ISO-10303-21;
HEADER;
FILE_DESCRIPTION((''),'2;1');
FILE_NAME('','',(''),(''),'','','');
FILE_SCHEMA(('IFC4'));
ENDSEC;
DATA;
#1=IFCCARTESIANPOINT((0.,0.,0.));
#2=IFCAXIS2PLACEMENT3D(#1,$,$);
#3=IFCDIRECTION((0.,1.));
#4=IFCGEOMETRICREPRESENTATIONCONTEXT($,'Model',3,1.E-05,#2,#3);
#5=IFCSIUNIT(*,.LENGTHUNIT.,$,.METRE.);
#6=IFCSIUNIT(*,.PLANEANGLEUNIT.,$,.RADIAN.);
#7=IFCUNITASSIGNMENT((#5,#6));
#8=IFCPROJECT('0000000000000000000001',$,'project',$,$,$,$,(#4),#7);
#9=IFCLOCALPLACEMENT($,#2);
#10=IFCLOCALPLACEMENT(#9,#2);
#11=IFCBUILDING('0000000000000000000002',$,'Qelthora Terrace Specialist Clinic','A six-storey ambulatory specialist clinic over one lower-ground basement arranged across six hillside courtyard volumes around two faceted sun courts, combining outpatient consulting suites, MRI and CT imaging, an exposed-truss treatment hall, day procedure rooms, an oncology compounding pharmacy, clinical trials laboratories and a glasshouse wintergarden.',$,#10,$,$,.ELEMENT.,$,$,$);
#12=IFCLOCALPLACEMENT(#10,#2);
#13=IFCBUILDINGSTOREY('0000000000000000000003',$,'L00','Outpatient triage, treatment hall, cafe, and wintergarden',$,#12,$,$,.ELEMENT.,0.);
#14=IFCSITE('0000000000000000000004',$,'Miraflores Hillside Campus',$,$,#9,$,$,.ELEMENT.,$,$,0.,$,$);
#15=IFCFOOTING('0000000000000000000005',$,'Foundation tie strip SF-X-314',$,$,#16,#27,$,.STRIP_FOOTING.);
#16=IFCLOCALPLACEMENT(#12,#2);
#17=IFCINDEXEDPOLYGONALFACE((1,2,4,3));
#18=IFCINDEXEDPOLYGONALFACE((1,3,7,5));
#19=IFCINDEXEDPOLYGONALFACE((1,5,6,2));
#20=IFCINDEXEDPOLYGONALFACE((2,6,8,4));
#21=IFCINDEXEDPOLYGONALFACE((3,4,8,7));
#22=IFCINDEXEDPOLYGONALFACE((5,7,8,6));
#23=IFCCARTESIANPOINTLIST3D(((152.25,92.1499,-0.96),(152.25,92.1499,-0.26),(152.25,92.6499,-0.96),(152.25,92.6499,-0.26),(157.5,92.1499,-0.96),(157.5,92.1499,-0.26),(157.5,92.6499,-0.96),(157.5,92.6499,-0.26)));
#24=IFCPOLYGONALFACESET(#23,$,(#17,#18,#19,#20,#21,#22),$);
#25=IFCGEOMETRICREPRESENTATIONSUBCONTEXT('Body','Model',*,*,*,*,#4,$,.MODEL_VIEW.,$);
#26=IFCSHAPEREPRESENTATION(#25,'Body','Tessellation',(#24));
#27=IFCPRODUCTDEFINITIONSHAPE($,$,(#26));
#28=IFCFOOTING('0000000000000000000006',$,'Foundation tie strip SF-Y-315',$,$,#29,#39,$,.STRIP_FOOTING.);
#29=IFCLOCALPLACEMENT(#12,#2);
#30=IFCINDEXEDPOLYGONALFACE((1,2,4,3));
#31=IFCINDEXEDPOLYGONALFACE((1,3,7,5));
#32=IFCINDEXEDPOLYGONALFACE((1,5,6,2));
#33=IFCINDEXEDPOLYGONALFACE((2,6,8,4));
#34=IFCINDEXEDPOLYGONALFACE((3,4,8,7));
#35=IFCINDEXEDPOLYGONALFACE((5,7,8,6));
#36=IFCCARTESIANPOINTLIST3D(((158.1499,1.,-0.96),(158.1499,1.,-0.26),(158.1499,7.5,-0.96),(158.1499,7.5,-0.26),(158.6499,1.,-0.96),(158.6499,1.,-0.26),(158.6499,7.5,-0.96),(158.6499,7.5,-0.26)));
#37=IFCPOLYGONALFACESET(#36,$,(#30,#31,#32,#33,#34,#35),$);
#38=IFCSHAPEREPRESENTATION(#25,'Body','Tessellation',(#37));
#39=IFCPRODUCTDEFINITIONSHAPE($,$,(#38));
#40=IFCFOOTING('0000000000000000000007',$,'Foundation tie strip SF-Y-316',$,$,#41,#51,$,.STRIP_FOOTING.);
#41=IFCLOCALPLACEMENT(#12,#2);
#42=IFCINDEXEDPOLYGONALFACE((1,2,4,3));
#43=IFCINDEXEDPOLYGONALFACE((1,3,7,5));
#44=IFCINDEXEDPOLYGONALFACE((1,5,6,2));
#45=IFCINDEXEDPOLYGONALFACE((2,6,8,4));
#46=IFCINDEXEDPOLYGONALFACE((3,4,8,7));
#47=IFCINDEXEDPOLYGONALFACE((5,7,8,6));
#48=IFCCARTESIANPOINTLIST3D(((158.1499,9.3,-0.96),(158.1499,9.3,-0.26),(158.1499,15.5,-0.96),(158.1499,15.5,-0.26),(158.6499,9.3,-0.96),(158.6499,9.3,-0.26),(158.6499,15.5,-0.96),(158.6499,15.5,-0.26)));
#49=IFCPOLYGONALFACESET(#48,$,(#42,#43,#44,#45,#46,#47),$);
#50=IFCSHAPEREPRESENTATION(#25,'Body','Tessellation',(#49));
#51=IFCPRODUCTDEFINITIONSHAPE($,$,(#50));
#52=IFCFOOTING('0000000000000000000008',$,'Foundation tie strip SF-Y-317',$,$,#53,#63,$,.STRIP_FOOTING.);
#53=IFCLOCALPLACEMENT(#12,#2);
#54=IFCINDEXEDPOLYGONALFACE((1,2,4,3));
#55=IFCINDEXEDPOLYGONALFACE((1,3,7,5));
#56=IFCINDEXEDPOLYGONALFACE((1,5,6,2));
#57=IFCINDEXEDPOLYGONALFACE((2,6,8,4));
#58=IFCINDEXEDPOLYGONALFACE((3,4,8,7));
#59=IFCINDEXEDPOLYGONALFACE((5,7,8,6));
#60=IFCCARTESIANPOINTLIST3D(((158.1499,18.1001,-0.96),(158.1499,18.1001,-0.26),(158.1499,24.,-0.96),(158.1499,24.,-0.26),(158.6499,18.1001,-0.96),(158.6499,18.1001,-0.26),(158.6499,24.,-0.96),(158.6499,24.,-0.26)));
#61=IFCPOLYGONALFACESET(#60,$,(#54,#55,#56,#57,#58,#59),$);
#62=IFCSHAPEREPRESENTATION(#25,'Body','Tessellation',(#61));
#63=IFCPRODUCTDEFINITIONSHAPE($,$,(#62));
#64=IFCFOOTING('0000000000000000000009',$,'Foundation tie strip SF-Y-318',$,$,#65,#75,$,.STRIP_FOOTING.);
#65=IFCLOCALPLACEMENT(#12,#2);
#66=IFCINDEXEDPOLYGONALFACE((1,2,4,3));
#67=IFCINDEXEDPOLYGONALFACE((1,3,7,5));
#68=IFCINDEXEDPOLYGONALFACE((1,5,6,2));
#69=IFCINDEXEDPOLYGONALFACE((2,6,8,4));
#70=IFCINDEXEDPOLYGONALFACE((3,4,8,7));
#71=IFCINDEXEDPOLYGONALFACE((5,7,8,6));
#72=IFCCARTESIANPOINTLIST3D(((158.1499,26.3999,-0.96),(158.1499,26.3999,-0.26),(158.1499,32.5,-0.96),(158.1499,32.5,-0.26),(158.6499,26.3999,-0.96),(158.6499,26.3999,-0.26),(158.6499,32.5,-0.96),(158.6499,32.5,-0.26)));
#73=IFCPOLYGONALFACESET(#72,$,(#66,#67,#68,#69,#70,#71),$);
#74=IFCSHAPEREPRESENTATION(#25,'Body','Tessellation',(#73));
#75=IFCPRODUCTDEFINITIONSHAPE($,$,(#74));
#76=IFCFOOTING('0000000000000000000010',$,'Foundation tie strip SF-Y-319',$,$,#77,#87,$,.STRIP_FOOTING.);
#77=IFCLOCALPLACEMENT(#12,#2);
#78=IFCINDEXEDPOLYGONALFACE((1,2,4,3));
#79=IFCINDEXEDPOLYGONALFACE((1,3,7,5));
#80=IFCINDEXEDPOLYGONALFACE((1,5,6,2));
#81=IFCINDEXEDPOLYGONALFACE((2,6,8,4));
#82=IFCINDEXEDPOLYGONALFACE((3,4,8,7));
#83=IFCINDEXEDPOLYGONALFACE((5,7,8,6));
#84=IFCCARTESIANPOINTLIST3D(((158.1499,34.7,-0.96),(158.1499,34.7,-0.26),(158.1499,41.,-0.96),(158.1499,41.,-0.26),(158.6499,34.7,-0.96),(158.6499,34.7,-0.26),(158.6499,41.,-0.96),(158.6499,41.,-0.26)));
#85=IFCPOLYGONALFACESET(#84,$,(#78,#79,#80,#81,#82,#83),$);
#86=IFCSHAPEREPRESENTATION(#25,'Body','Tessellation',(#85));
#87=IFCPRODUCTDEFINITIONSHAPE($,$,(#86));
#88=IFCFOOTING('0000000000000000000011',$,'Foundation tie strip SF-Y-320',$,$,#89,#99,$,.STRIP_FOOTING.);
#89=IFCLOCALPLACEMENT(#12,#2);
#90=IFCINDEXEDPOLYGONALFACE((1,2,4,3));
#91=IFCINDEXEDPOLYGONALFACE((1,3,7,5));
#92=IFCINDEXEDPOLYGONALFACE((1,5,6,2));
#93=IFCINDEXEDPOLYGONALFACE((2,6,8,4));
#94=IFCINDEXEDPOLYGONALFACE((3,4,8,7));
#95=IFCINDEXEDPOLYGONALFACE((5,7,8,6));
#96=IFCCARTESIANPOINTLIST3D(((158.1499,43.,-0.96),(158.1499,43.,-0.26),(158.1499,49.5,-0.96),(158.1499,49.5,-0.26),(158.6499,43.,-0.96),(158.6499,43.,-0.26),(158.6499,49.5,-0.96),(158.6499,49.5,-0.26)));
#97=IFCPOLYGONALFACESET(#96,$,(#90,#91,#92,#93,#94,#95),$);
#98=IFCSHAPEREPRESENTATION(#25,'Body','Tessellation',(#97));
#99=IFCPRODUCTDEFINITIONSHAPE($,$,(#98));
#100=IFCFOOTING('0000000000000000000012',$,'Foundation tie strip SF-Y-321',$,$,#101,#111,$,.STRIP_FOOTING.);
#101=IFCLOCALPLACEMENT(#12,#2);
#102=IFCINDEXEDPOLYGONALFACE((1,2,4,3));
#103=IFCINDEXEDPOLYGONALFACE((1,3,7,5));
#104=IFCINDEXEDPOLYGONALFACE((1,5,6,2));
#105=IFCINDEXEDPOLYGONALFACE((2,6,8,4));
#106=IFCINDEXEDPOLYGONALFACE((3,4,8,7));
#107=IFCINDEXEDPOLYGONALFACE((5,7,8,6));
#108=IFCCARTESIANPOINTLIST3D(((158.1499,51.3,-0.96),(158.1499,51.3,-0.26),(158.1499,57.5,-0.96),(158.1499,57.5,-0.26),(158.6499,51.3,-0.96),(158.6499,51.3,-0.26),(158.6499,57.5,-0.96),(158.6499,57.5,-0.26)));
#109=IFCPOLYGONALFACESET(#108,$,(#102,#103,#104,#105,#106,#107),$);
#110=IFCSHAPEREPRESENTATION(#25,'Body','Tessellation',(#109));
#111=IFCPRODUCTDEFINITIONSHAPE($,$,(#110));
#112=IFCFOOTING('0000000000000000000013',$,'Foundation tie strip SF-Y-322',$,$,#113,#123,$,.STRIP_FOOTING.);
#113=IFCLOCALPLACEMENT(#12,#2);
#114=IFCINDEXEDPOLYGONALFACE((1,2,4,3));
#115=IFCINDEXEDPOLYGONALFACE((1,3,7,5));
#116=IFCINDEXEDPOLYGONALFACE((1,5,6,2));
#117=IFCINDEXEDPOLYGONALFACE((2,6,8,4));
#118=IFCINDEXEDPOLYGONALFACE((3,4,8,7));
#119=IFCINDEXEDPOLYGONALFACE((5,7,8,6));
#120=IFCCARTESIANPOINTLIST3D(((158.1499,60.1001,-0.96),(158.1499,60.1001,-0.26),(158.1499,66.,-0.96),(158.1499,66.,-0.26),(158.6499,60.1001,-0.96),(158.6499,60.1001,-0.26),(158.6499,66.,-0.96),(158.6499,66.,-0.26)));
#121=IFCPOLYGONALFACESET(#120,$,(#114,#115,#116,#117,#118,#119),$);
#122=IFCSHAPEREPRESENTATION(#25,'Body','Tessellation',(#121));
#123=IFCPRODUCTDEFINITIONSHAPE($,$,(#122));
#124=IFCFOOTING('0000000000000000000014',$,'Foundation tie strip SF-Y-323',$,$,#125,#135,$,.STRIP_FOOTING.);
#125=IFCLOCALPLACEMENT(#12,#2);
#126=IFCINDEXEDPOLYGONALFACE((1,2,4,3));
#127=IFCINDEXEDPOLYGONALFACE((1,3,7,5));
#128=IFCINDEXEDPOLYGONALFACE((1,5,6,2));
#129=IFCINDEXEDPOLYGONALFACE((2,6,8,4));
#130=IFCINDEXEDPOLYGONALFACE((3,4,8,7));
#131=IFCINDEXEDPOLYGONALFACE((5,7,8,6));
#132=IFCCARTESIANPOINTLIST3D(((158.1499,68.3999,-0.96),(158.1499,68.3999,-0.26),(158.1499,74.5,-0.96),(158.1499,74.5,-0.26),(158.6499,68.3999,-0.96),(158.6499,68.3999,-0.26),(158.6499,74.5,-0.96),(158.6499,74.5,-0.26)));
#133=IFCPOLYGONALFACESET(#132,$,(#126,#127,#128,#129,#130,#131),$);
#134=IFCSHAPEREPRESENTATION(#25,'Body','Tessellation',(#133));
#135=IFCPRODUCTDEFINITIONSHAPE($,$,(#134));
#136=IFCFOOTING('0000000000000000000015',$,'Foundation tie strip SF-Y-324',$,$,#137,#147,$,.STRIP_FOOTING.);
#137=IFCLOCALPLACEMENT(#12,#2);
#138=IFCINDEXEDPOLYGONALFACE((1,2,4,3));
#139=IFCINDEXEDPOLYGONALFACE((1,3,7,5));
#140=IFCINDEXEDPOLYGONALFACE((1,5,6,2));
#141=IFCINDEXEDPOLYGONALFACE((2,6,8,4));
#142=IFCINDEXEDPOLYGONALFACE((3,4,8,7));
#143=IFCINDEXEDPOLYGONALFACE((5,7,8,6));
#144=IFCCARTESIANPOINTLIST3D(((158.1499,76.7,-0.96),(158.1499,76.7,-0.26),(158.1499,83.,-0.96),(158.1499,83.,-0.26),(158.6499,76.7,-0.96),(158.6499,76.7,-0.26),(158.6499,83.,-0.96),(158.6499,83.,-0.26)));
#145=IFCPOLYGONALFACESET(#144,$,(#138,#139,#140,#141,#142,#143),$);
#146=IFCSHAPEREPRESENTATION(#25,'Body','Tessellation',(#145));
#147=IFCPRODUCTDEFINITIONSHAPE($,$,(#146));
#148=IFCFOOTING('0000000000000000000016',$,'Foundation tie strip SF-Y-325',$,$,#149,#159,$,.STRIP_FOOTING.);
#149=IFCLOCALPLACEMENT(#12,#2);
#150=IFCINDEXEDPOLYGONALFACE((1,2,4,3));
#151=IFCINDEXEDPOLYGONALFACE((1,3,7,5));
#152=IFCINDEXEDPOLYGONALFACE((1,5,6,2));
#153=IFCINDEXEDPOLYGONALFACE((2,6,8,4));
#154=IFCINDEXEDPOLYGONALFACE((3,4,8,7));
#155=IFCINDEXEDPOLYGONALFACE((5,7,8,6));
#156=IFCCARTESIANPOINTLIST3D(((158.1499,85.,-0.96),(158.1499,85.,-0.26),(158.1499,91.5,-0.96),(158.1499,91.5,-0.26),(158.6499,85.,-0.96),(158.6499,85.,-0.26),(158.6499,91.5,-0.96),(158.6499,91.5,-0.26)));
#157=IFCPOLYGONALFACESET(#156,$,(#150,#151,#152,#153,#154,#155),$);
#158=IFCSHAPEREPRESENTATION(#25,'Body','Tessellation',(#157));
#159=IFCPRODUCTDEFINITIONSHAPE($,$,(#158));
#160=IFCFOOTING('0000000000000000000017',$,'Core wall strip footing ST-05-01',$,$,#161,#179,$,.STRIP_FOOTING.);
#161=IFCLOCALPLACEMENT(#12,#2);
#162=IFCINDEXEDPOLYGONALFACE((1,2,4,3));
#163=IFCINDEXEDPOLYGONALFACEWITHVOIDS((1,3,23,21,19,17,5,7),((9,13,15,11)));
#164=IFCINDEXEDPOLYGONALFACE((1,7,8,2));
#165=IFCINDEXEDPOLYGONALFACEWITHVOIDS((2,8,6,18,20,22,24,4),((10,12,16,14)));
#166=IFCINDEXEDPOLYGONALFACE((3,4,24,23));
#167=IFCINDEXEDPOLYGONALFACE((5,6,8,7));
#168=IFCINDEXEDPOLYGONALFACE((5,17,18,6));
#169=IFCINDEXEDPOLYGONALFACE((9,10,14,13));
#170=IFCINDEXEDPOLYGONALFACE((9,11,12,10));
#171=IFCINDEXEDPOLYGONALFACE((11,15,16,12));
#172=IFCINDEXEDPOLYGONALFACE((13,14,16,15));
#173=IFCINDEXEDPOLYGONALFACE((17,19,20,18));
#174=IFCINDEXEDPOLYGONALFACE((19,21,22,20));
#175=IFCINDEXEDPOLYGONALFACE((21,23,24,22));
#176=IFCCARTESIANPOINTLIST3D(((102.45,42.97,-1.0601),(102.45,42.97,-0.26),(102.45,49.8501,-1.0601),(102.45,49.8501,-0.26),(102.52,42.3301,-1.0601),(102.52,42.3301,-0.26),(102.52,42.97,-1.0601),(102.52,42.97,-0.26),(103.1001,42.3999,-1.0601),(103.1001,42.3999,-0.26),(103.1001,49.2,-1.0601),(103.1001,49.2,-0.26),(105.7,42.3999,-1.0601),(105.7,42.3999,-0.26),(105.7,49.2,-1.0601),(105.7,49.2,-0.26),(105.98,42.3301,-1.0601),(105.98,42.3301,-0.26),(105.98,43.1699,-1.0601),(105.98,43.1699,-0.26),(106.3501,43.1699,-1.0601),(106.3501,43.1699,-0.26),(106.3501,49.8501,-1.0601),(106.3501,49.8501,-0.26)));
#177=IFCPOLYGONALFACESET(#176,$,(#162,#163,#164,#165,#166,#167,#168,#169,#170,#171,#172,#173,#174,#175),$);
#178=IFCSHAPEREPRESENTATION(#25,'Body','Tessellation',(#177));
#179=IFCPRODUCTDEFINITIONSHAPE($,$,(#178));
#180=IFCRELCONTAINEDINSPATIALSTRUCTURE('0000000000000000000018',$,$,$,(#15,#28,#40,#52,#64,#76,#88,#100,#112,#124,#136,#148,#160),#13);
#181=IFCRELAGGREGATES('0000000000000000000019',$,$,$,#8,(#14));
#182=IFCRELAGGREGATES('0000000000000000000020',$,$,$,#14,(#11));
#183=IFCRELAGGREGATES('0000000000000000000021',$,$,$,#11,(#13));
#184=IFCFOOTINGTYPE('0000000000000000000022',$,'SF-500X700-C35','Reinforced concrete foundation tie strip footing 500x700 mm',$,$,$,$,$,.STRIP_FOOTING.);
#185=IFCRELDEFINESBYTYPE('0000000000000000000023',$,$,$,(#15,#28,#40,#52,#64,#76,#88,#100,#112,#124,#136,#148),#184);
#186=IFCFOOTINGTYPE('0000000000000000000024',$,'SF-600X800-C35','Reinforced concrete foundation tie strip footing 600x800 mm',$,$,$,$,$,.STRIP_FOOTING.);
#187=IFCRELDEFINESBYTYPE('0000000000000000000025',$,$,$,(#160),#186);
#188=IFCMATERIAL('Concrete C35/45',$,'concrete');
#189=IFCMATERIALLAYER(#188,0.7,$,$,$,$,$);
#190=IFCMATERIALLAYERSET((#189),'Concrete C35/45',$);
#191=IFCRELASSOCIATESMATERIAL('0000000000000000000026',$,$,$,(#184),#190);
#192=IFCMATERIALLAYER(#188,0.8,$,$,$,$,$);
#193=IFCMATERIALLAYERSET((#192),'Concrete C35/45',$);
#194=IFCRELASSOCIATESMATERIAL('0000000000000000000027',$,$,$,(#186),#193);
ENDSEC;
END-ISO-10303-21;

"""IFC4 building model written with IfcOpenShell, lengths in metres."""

from ifc_helpers import new_model, si_unit, direction, frame, origin, place, context, subcontext, project, spatial, polyline, outline, extrude, material, layer, layer_set, type_object, element, save


model = new_model("IFC4")

# Units and contexts
model_context = context("Model", 3, precision=1e-05, world=origin(), true_north=direction((0.0, 1.0)))
body_context = subcontext(model_context, "Body", "Model", "MODEL_VIEW")
ifc_project = project(units=[si_unit("LENGTHUNIT", "METRE"), si_unit("PLANEANGLEUNIT", "RADIAN")], contexts=[model_context])

# Site, building, storey
site_placement = place(None, origin())
site = spatial("IfcSite", under=ifc_project, at=site_placement, Name="Miraflores Hillside Campus", CompositionType="ELEMENT", RefElevation=0.0)
building_placement = place(site_placement, origin())
building = spatial("IfcBuilding", under=site, at=building_placement, Name="Qelthora Terrace Specialist Clinic", Description="A six-storey ambulatory specialist clinic over one lower-ground basement arranged across six hillside courtyard volumes around two faceted sun courts, combining outpatient consulting suites, MRI and CT imaging, an exposed-truss treatment hall, day procedure rooms, an oncology compounding pharmacy, clinical trials laboratories and a glasshouse wintergarden.", CompositionType="ELEMENT")
storey_placement = place(building_placement, origin())
storey = spatial("IfcBuildingStorey", under=building, at=storey_placement, Name="L00", Description="Outpatient triage, treatment hall, cafe, and wintergarden", CompositionType="ELEMENT", Elevation=0.0)

# Footings
ifc_material = material(Name="Concrete C35/45", Category="concrete")
ifc_layer_1 = layer(ifc_material, 0.7)
ifc_layer_set_1 = layer_set([ifc_layer_1], Name="Concrete C35/45")
footing_type_1 = type_object("IfcFootingType", Name="SF-500X700-C35", Description="Reinforced concrete foundation tie strip footing 500x700 mm", PredefinedType="STRIP_FOOTING", material=ifc_layer_set_1)
footing_1_placement = place(storey_placement, frame((0.0, 0.0, -0.96)))
element("IfcFooting", 1, at=footing_1_placement, inside=storey, type_object=footing_type_1, Name="Foundation tie strip SF-X-314", PredefinedType="STRIP_FOOTING", context=body_context, shape_type="SweptSolid", body=[
    extrude(outline(polyline([(152.25, 92.1499), (157.5, 92.1499), (157.5, 92.6499), (152.25, 92.6499), (152.25, 92.1499)])), origin(), (0.0, 0.0, 1.0), 0.7),
])
footing_2_placement = place(storey_placement, frame((0.0, 0.0, -0.96)))
element("IfcFooting", 2, at=footing_2_placement, inside=storey, type_object=footing_type_1, Name="Foundation tie strip SF-Y-315", PredefinedType="STRIP_FOOTING", context=body_context, shape_type="SweptSolid", body=[
    extrude(outline(polyline([(158.1499, 1.0), (158.6499, 1.0), (158.6499, 7.5), (158.1499, 7.5), (158.1499, 1.0)])), origin(), (0.0, 0.0, 1.0), 0.7),
])
footing_3_placement = place(storey_placement, frame((0.0, 0.0, -0.96)))
element("IfcFooting", 3, at=footing_3_placement, inside=storey, type_object=footing_type_1, Name="Foundation tie strip SF-Y-316", PredefinedType="STRIP_FOOTING", context=body_context, shape_type="SweptSolid", body=[
    extrude(outline(polyline([(158.1499, 9.3), (158.6499, 9.3), (158.6499, 15.5), (158.1499, 15.5), (158.1499, 9.3)])), origin(), (0.0, 0.0, 1.0), 0.7),
])
footing_4_placement = place(storey_placement, frame((0.0, 0.0, -0.96)))
element("IfcFooting", 4, at=footing_4_placement, inside=storey, type_object=footing_type_1, Name="Foundation tie strip SF-Y-317", PredefinedType="STRIP_FOOTING", context=body_context, shape_type="SweptSolid", body=[
    extrude(outline(polyline([(158.1499, 18.1001), (158.6499, 18.1001), (158.6499, 24.0), (158.1499, 24.0), (158.1499, 18.1001)])), origin(), (0.0, 0.0, 1.0), 0.7),
])
footing_5_placement = place(storey_placement, frame((0.0, 0.0, -0.96)))
element("IfcFooting", 5, at=footing_5_placement, inside=storey, type_object=footing_type_1, Name="Foundation tie strip SF-Y-318", PredefinedType="STRIP_FOOTING", context=body_context, shape_type="SweptSolid", body=[
    extrude(outline(polyline([(158.1499, 26.3999), (158.6499, 26.3999), (158.6499, 32.5), (158.1499, 32.5), (158.1499, 26.3999)])), origin(), (0.0, 0.0, 1.0), 0.7),
])
footing_6_placement = place(storey_placement, frame((0.0, 0.0, -0.96)))
element("IfcFooting", 6, at=footing_6_placement, inside=storey, type_object=footing_type_1, Name="Foundation tie strip SF-Y-319", PredefinedType="STRIP_FOOTING", context=body_context, shape_type="SweptSolid", body=[
    extrude(outline(polyline([(158.1499, 34.7), (158.6499, 34.7), (158.6499, 41.0), (158.1499, 41.0), (158.1499, 34.7)])), origin(), (0.0, 0.0, 1.0), 0.7),
])
footing_7_placement = place(storey_placement, frame((0.0, 0.0, -0.96)))
element("IfcFooting", 7, at=footing_7_placement, inside=storey, type_object=footing_type_1, Name="Foundation tie strip SF-Y-320", PredefinedType="STRIP_FOOTING", context=body_context, shape_type="SweptSolid", body=[
    extrude(outline(polyline([(158.1499, 43.0), (158.6499, 43.0), (158.6499, 49.5), (158.1499, 49.5), (158.1499, 43.0)])), origin(), (0.0, 0.0, 1.0), 0.7),
])
footing_8_placement = place(storey_placement, frame((0.0, 0.0, -0.96)))
element("IfcFooting", 8, at=footing_8_placement, inside=storey, type_object=footing_type_1, Name="Foundation tie strip SF-Y-321", PredefinedType="STRIP_FOOTING", context=body_context, shape_type="SweptSolid", body=[
    extrude(outline(polyline([(158.1499, 51.3), (158.6499, 51.3), (158.6499, 57.5), (158.1499, 57.5), (158.1499, 51.3)])), origin(), (0.0, 0.0, 1.0), 0.7),
])
footing_9_placement = place(storey_placement, frame((0.0, 0.0, -0.96)))
element("IfcFooting", 9, at=footing_9_placement, inside=storey, type_object=footing_type_1, Name="Foundation tie strip SF-Y-322", PredefinedType="STRIP_FOOTING", context=body_context, shape_type="SweptSolid", body=[
    extrude(outline(polyline([(158.1499, 60.1001), (158.6499, 60.1001), (158.6499, 66.0), (158.1499, 66.0), (158.1499, 60.1001)])), origin(), (0.0, 0.0, 1.0), 0.7),
])
footing_10_placement = place(storey_placement, frame((0.0, 0.0, -0.96)))
element("IfcFooting", 10, at=footing_10_placement, inside=storey, type_object=footing_type_1, Name="Foundation tie strip SF-Y-323", PredefinedType="STRIP_FOOTING", context=body_context, shape_type="SweptSolid", body=[
    extrude(outline(polyline([(158.1499, 68.3999), (158.6499, 68.3999), (158.6499, 74.5), (158.1499, 74.5), (158.1499, 68.3999)])), origin(), (0.0, 0.0, 1.0), 0.7),
])
footing_11_placement = place(storey_placement, frame((0.0, 0.0, -0.96)))
element("IfcFooting", 11, at=footing_11_placement, inside=storey, type_object=footing_type_1, Name="Foundation tie strip SF-Y-324", PredefinedType="STRIP_FOOTING", context=body_context, shape_type="SweptSolid", body=[
    extrude(outline(polyline([(158.1499, 76.7), (158.6499, 76.7), (158.6499, 83.0), (158.1499, 83.0), (158.1499, 76.7)])), origin(), (0.0, 0.0, 1.0), 0.7),
])
footing_12_placement = place(storey_placement, frame((0.0, 0.0, -0.96)))
element("IfcFooting", 12, at=footing_12_placement, inside=storey, type_object=footing_type_1, Name="Foundation tie strip SF-Y-325", PredefinedType="STRIP_FOOTING", context=body_context, shape_type="SweptSolid", body=[
    extrude(outline(polyline([(158.1499, 85.0), (158.6499, 85.0), (158.6499, 91.5), (158.1499, 91.5), (158.1499, 85.0)])), origin(), (0.0, 0.0, 1.0), 0.7),
])
ifc_layer_2 = layer(ifc_material, 0.8)
ifc_layer_set_2 = layer_set([ifc_layer_2], Name="Concrete C35/45")
footing_type_2 = type_object("IfcFootingType", Name="SF-600X800-C35", Description="Reinforced concrete foundation tie strip footing 600x800 mm", PredefinedType="STRIP_FOOTING", material=ifc_layer_set_2)
footing_13_placement = place(storey_placement, frame((0.0, 0.0, -1.0601)))
element("IfcFooting", 13, at=footing_13_placement, inside=storey, type_object=footing_type_2, Name="Core wall strip footing ST-05-01", PredefinedType="STRIP_FOOTING", context=body_context, shape_type="SweptSolid", body=[
    extrude(outline(polyline([(106.3501, 49.8501), (106.3501, 43.1699), (105.98, 43.1699), (105.98, 42.3301), (102.52, 42.3301), (102.52, 42.97), (102.45, 42.97), (102.45, 49.8501), (106.3501, 49.8501)]), holes=[polyline([(105.7, 49.2), (103.1001, 49.2), (103.1001, 42.3999), (105.7, 42.3999), (105.7, 49.2)])]), origin(), (0.0, 0.0, 1.0), 0.8),
])

save(model, "model.ifc")
